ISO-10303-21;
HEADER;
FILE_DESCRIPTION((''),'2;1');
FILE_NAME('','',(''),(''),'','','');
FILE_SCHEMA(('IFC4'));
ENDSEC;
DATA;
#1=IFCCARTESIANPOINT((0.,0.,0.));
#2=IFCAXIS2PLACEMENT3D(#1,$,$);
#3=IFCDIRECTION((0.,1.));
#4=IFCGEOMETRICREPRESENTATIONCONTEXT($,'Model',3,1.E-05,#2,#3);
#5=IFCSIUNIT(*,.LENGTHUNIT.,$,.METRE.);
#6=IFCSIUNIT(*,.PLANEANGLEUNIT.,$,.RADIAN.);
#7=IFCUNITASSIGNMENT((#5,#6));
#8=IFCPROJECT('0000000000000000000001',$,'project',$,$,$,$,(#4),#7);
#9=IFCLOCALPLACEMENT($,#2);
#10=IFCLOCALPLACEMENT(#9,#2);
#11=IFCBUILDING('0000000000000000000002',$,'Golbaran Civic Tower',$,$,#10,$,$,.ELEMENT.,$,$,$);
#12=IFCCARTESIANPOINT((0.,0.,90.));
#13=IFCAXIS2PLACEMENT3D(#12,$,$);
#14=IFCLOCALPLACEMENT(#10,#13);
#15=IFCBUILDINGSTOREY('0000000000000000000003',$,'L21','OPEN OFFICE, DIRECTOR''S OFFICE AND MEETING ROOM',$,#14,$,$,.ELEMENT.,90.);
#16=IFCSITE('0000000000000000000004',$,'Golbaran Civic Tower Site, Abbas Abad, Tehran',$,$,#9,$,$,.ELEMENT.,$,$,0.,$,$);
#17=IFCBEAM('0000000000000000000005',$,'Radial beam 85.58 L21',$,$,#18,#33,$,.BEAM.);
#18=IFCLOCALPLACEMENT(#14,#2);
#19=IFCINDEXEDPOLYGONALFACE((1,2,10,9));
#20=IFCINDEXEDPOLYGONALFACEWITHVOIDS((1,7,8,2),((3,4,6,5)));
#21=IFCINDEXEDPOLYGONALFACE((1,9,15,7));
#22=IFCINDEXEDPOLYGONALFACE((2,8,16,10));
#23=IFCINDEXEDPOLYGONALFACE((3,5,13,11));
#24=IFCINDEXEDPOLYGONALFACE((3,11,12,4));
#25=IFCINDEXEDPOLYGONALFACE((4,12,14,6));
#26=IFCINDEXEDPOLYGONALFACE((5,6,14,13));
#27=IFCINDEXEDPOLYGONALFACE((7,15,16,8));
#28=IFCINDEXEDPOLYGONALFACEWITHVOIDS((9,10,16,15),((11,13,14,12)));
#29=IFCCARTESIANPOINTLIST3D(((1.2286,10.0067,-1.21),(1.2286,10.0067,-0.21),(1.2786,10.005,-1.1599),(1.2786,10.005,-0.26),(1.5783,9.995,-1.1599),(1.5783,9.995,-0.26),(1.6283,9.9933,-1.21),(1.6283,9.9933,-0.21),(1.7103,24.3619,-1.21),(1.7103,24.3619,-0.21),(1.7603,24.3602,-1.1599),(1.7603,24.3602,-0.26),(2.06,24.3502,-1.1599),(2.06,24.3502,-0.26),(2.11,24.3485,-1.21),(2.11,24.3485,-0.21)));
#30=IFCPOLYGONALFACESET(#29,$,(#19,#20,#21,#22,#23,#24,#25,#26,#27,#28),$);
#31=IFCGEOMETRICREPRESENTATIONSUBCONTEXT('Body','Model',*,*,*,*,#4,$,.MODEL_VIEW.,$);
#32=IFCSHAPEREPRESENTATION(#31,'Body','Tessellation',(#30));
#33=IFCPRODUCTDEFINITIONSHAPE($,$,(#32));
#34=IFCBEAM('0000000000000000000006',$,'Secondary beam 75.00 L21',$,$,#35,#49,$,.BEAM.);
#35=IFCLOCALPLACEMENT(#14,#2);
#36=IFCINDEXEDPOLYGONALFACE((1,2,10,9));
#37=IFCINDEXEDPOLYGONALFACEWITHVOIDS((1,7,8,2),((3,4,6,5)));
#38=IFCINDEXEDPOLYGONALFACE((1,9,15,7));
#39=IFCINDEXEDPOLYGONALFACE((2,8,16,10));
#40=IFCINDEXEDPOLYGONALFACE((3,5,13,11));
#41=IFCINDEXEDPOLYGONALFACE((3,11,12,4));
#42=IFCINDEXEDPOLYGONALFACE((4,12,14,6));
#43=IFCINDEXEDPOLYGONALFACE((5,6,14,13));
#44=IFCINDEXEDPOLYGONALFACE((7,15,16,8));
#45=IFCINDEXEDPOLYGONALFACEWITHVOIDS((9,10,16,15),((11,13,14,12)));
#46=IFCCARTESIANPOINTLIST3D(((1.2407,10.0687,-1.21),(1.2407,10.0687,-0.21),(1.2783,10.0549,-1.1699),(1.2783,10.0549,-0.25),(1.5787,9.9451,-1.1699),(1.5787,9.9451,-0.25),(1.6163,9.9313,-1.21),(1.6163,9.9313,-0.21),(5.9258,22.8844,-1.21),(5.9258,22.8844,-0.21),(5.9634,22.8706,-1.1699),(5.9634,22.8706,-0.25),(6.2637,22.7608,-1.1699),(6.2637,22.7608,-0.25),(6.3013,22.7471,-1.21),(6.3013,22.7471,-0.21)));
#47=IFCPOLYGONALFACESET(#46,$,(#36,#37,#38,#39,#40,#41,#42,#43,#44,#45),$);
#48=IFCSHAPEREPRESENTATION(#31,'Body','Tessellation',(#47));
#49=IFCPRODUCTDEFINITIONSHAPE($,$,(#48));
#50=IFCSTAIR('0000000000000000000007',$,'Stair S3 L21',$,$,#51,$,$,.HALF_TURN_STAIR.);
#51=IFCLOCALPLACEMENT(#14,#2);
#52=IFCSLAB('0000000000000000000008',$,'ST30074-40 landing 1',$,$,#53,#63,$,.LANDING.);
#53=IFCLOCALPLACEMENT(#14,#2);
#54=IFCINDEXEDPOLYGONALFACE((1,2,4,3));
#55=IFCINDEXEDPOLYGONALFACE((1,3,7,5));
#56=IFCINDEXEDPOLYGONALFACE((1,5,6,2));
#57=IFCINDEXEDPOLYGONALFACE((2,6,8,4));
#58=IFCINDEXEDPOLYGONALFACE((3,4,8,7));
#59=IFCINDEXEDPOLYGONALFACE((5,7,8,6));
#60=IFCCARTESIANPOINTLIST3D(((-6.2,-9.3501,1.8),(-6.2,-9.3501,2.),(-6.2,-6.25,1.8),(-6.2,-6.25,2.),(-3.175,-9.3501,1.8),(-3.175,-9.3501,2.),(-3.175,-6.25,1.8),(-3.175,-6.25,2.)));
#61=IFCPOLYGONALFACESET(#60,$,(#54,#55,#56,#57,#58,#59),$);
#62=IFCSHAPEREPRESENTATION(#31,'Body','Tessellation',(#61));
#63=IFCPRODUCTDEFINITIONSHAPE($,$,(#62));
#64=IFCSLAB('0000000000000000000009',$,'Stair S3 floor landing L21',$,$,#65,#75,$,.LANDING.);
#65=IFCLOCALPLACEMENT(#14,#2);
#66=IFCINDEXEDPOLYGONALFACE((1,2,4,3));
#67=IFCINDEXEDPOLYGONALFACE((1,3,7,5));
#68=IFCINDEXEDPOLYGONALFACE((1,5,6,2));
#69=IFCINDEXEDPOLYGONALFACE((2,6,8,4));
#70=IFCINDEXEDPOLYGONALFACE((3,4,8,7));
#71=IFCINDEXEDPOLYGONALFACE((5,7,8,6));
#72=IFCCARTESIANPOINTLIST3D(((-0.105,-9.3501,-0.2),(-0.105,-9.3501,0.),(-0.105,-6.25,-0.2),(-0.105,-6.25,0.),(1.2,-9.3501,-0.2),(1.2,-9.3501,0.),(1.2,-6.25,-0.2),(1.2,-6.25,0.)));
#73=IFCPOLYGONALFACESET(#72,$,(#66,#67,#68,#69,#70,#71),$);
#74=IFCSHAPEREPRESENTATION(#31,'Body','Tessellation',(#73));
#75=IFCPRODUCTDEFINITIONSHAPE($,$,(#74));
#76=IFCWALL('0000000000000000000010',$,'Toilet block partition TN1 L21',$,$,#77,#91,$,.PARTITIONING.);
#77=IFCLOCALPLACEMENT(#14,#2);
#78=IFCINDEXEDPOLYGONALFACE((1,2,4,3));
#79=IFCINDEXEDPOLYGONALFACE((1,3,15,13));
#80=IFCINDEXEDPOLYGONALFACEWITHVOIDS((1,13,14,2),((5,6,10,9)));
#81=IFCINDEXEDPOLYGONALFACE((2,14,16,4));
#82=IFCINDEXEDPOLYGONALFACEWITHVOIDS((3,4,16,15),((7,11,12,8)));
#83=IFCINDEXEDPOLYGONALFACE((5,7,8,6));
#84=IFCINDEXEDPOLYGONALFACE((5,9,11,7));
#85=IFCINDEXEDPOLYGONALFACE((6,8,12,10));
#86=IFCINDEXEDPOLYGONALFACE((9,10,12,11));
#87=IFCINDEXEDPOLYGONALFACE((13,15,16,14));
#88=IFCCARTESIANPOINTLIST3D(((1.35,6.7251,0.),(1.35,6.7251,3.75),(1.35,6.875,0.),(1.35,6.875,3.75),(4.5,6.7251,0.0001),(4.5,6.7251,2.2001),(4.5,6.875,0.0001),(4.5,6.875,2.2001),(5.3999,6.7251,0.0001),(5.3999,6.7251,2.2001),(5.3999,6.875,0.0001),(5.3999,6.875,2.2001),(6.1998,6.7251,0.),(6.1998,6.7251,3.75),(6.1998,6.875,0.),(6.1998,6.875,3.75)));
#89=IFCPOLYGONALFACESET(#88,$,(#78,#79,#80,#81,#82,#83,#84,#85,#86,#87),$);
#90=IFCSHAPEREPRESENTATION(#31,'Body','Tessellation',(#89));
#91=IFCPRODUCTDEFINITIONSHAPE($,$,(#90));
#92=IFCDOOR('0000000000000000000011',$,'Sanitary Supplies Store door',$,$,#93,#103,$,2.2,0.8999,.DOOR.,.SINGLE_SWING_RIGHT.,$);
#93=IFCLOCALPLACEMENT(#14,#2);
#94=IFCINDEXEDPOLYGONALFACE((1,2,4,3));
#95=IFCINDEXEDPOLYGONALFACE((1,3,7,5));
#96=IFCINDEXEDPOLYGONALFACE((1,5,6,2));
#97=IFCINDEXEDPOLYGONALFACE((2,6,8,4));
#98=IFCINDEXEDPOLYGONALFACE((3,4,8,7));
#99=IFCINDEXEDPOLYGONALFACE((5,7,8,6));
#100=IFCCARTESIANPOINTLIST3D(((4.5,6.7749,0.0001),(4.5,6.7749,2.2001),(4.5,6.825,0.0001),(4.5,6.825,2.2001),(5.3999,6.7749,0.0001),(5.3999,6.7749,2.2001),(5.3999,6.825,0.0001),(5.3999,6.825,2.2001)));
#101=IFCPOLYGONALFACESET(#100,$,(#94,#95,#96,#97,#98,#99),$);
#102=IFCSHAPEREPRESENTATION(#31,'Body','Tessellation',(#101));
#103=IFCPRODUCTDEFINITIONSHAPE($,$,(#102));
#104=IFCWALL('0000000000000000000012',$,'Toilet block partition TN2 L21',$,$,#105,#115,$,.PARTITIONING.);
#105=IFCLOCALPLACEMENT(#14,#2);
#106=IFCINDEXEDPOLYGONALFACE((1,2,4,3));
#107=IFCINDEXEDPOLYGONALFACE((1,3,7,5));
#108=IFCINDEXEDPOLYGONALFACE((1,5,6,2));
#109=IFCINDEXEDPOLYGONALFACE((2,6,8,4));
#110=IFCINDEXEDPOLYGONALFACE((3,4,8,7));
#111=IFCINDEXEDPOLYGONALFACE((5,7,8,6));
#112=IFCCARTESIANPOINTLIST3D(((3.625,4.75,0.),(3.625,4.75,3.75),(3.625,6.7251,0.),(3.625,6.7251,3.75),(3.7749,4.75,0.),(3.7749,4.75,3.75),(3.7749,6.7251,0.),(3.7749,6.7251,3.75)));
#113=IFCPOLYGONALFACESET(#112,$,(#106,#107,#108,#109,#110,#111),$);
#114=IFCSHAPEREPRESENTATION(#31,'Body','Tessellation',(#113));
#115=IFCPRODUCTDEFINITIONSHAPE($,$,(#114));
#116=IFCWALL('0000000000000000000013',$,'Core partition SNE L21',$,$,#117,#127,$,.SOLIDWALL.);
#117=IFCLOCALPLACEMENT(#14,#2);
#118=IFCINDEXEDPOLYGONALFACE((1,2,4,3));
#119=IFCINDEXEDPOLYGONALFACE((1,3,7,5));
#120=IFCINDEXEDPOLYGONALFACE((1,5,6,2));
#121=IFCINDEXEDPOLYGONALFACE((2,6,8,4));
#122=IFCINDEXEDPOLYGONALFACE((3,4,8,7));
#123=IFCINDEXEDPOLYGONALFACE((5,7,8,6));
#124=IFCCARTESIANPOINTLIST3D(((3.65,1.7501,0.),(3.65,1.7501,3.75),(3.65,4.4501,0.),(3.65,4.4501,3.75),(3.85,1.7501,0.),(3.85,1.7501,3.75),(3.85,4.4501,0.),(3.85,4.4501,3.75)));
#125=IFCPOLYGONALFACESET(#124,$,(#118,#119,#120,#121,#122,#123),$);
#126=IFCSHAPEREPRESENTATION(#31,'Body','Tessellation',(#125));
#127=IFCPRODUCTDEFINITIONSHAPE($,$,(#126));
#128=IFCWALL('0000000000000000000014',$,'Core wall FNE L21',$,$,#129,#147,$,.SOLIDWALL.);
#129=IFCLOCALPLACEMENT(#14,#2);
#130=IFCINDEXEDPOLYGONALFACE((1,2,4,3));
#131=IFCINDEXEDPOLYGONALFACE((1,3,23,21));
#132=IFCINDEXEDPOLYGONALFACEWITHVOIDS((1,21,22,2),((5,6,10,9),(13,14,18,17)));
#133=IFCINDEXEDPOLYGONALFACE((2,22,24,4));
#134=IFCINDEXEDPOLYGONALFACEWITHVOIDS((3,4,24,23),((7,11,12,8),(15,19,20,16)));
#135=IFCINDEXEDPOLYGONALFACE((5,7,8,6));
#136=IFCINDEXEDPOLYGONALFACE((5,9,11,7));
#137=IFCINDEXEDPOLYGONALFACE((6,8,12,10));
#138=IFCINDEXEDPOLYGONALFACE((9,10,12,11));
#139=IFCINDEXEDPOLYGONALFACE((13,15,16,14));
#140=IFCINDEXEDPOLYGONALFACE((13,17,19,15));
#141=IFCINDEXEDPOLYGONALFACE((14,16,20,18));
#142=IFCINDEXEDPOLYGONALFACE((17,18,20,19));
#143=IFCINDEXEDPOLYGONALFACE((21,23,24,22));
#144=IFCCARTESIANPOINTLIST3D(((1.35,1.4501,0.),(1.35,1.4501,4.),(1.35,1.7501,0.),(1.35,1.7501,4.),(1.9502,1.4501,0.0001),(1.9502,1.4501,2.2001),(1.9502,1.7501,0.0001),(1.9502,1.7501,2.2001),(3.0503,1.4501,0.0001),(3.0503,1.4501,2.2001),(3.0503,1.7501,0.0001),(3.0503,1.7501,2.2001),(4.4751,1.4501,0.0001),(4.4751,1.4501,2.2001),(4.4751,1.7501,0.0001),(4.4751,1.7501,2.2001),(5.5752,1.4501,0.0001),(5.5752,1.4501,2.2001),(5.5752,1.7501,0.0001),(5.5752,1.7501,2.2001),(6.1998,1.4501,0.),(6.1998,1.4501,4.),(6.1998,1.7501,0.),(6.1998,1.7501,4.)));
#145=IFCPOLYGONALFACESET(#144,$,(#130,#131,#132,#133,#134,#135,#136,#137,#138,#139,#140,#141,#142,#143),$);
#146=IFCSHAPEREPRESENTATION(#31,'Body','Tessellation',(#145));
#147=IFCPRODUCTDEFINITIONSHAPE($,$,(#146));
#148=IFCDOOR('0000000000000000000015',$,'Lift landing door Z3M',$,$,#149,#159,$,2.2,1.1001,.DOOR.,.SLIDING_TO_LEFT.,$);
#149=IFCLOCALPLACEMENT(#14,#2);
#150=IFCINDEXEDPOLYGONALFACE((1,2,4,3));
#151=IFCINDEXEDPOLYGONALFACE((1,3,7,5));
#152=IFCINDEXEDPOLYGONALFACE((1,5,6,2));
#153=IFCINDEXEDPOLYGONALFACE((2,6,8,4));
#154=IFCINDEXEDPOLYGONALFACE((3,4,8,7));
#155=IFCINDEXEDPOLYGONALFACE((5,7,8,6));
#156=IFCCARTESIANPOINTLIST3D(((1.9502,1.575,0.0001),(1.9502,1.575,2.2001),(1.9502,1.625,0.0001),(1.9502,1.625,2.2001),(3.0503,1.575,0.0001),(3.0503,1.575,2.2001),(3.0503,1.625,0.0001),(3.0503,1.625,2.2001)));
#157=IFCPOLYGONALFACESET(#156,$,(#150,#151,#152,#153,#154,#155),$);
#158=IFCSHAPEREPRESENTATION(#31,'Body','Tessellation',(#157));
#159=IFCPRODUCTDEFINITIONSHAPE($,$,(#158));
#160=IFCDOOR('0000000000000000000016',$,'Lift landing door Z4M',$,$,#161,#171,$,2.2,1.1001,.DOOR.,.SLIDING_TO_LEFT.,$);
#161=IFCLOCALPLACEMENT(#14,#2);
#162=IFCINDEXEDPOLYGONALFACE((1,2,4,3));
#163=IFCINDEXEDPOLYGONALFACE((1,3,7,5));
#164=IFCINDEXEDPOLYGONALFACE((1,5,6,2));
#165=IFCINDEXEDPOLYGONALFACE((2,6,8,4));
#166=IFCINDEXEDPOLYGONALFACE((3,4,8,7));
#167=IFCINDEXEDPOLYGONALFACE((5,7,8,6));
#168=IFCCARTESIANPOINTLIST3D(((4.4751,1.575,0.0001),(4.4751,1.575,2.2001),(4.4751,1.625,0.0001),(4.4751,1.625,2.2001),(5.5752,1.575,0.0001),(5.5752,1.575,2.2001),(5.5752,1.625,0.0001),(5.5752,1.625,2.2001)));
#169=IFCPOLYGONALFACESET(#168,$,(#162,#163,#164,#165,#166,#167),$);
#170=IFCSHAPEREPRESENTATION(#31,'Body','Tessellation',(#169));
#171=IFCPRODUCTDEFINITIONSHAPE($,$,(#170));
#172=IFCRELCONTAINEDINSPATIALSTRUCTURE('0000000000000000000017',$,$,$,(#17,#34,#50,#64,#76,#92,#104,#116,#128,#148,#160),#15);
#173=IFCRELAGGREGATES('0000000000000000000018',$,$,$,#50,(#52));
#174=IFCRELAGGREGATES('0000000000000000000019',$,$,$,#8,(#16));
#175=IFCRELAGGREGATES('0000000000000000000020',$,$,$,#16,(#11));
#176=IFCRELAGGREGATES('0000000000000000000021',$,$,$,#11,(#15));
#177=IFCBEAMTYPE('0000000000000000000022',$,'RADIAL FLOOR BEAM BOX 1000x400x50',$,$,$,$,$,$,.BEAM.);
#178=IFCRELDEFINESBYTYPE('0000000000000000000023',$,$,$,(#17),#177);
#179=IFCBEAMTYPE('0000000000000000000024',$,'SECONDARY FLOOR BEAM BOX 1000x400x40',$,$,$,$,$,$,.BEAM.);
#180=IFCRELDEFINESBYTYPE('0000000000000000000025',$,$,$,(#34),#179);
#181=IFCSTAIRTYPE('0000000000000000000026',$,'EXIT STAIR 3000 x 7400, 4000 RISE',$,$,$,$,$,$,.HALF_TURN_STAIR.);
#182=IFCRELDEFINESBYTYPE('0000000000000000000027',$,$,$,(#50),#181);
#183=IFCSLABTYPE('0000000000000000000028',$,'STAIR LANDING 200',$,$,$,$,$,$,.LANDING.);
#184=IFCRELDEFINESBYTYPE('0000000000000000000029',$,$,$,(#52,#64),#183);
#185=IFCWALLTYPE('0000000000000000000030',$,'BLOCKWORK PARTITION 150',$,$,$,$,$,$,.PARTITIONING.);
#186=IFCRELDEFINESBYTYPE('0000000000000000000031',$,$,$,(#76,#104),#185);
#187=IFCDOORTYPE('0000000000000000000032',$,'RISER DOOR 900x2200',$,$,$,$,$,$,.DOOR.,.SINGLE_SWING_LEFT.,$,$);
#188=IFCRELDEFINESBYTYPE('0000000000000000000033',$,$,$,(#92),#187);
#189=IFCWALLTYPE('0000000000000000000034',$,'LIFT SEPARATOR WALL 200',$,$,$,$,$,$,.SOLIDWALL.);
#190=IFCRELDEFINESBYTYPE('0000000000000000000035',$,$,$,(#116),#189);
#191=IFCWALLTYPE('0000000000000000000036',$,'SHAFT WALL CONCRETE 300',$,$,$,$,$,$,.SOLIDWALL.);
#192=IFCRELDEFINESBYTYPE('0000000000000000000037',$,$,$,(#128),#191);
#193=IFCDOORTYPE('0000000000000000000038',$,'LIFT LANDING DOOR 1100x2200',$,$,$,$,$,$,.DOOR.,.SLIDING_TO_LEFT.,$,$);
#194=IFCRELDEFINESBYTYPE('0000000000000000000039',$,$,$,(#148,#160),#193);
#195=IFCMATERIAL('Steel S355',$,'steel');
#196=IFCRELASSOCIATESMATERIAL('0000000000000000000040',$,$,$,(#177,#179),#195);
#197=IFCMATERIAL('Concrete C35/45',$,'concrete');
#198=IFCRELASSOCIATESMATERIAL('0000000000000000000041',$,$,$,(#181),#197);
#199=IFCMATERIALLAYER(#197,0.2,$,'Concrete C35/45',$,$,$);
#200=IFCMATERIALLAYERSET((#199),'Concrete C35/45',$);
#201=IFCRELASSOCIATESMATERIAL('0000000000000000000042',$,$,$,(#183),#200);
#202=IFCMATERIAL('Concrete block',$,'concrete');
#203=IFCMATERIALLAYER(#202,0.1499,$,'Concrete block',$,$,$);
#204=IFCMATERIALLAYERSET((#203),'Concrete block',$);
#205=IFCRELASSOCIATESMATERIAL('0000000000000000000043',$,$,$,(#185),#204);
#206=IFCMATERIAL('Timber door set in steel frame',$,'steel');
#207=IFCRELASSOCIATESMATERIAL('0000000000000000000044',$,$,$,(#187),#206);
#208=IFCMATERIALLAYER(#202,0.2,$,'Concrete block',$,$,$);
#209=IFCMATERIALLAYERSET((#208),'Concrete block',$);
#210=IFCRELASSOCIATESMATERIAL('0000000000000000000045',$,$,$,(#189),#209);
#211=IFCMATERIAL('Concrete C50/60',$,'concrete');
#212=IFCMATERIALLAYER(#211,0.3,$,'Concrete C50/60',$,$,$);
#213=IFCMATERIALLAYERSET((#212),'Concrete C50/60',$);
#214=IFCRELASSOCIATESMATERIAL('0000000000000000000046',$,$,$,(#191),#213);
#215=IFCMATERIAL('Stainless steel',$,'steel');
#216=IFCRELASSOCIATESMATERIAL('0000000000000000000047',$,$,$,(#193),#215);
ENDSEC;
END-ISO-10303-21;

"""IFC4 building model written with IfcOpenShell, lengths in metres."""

from ifc_helpers import new_model, si_unit, direction, frame, frame_2d, origin, origin_2d, place, context, subcontext, project, spatial, polyline, rectangle, hollow_rectangle, outline, extrude, material, layer, layer_set, material_profile, profile_set, type_object, element, fill, aggregate, save


model = new_model("IFC4")

# Units and contexts
model_context = context("Model", 3, precision=1e-05, world=origin(), true_north=direction((0.0, 1.0)))
body_context = subcontext(model_context, "Body", "Model", "MODEL_VIEW")
ifc_project = project(units=[si_unit("LENGTHUNIT", "METRE"), si_unit("PLANEANGLEUNIT", "RADIAN")], contexts=[model_context])

# Site, building, storey
site_placement = place(None, origin())
site = spatial("IfcSite", under=ifc_project, at=site_placement, Name="Golbaran Civic Tower Site, Abbas Abad, Tehran", CompositionType="ELEMENT", RefElevation=0.0)
building_placement = place(site_placement, origin())
building = spatial("IfcBuilding", under=site, at=building_placement, Name="Golbaran Civic Tower", CompositionType="ELEMENT")
storey_placement = place(building_placement, frame((0.0, 0.0, 90.0)))
storey = spatial("IfcBuildingStorey", under=building, at=storey_placement, Name="L21", Description="OPEN OFFICE, DIRECTOR'S OFFICE AND MEETING ROOM", CompositionType="ELEMENT", Elevation=90.0)

# Beams
ifc_material_1 = material(Name="Steel S355", Category="steel")
ifc_material_profile_1 = material_profile(ifc_material_1, hollow_rectangle(XDim=0.3999, YDim=1.0, WallThickness=0.05, at=origin_2d()), Name="BOX 1000x400x50")
ifc_profile_set_1 = profile_set([ifc_material_profile_1], Name="Steel S355")
beam_type_1 = type_object("IfcBeamType", Name="RADIAL FLOOR BEAM BOX 1000x400x50", PredefinedType="BEAM", material=ifc_profile_set_1)
beam_1_placement = place(storey_placement, frame((1.4285, 10.0, -0.71), z_axis=(0.033536, 0.999438, 0.0), x_axis=(-0.999438, 0.033536, 0.0)))
element("IfcBeam", 1, at=beam_1_placement, inside=storey, type_object=beam_type_1, Name="Radial beam 85.58 L21", PredefinedType="BEAM", context=body_context, shape_type="SweptSolid", body=[
    extrude(hollow_rectangle(XDim=0.3999, YDim=1.0, WallThickness=0.05, at=origin_2d()), origin(), (0.0, 0.0, 1.0), 14.3633),
])
ifc_material_profile_2 = material_profile(ifc_material_1, hollow_rectangle(XDim=0.3999, YDim=1.0, WallThickness=0.04, at=origin_2d()), Name="BOX 1000x400x40")
ifc_profile_set_2 = profile_set([ifc_material_profile_2], Name="Steel S355")
beam_type_2 = type_object("IfcBeamType", Name="SECONDARY FLOOR BEAM BOX 1000x400x40", PredefinedType="BEAM", material=ifc_profile_set_2)
beam_2_placement = place(storey_placement, frame((1.4285, 10.0, -0.71), z_axis=(0.343349, 0.939208, 0.0), x_axis=(-0.939208, 0.343349, 0.0)))
element("IfcBeam", 2, at=beam_2_placement, inside=storey, type_object=beam_type_2, Name="Secondary beam 75.00 L21", PredefinedType="BEAM", context=body_context, shape_type="SweptSolid", body=[
    extrude(hollow_rectangle(XDim=0.3999, YDim=1.0, WallThickness=0.04, at=origin_2d()), origin(), (0.0, 0.0, 1.0), 13.6453),
])

# Stair, slab
ifc_material_2 = material(Name="Concrete C35/45", Category="concrete")
stair_type = type_object("IfcStairType", Name="EXIT STAIR 3000 x 7400, 4000 RISE", PredefinedType="HALF_TURN_STAIR", material=ifc_material_2)
stair_placement = place(storey_placement, origin())
stair = element("IfcStair", 3, at=stair_placement, inside=storey, type_object=stair_type, Name="Stair S3 L21", PredefinedType="HALF_TURN_STAIR")
ifc_layer_1 = layer(ifc_material_2, 0.2, Name="Concrete C35/45")
ifc_layer_set_1 = layer_set([ifc_layer_1], Name="Concrete C35/45")
slab_type = type_object("IfcSlabType", Name="STAIR LANDING 200", PredefinedType="LANDING", material=ifc_layer_set_1)
slab_1_placement = place(storey_placement, frame((0.0, 0.0, 1.8)))
slab_1 = element("IfcSlab", 4, at=slab_1_placement, type_object=slab_type, Name="ST30074-40 landing 1", PredefinedType="LANDING", context=body_context, shape_type="SweptSolid", body=[
    extrude(outline(polyline([(-3.175, -9.3501), (-6.2, -9.3501), (-6.2, -6.25), (-3.175, -6.25), (-3.175, -9.3501)])), origin(), (0.0, 0.0, 1.0), 0.2),
])
aggregate(stair, [slab_1])

# Slab
slab_2_placement = place(storey_placement, frame((0.0, 0.0, -0.2)))
element("IfcSlab", 5, at=slab_2_placement, inside=storey, type_object=slab_type, Name="Stair S3 floor landing L21", PredefinedType="LANDING", context=body_context, shape_type="SweptSolid", body=[
    extrude(outline(polyline([(1.2, -9.3501), (-0.105, -9.3501), (-0.105, -6.25), (1.2, -6.25), (1.2, -9.3501)])), origin(), (0.0, 0.0, 1.0), 0.2),
])

# Wall, opening, door
ifc_material_3 = material(Name="Concrete block", Category="concrete")
ifc_layer_2 = layer(ifc_material_3, 0.1499, Name="Concrete block")
ifc_layer_set_2 = layer_set([ifc_layer_2], Name="Concrete block")
wall_type_1 = type_object("IfcWallType", Name="BLOCKWORK PARTITION 150", PredefinedType="PARTITIONING", material=ifc_layer_set_2)
wall_1_placement = place(storey_placement, frame((1.3501, 6.8, 0.0), z_axis=(0.0, 0.0, 1.0), x_axis=(1.0, 0.0, 0.0)))
wall_1 = element("IfcWall", 6, at=wall_1_placement, inside=storey, type_object=wall_type_1, Name="Toilet block partition TN1 L21", PredefinedType="PARTITIONING", context=body_context, shape_type="SweptSolid", body=[
    extrude(rectangle(XDim=4.8499, YDim=0.1499, at=frame_2d((2.4248, 0.0))), origin(), (0.0, 0.0, 1.0), 3.75),
])
opening_1_placement = place(wall_1_placement, frame((3.1499, 0.0, 0.0)))
opening_1 = element("IfcOpeningElement", 7, at=opening_1_placement, cuts=wall_1, PredefinedType="OPENING", context=body_context, shape_type="SweptSolid", body=[
    extrude(rectangle(XDim=0.8999, YDim=2.2, at=frame_2d((0.45, 1.1001))), frame((0.0, 0.085, 0.0), z_axis=(0.0, -1.0, 0.0), x_axis=(1.0, 0.0, 0.0)), (0.0, 0.0, 1.0), 0.1699),
])
ifc_material_4 = material(Name="Timber door set in steel frame", Category="steel")
door_type_1 = type_object("IfcDoorType", Name="RISER DOOR 900x2200", OperationType="SINGLE_SWING_LEFT", PredefinedType="DOOR", material=ifc_material_4)
door_1_placement = place(opening_1_placement, origin())
door_1 = element("IfcDoor", 8, at=door_1_placement, inside=storey, type_object=door_type_1, Name="Sanitary Supplies Store door", OperationType="SINGLE_SWING_RIGHT", OverallHeight=2.2, OverallWidth=0.8999, PredefinedType="DOOR", context=body_context, shape_type="SweptSolid", body=[
    extrude(rectangle(XDim=0.8999, YDim=2.2, at=frame_2d((0.45, 1.1001))), frame((0.0, 0.0249, 0.0), z_axis=(0.0, -1.0, 0.0), x_axis=(1.0, 0.0, 0.0)), (0.0, 0.0, 1.0), 0.05),
])
fill(opening_1, door_1)

# Walls
wall_2_placement = place(storey_placement, frame((3.7, 4.75, 0.0), z_axis=(0.0, 0.0, 1.0), x_axis=(0.0, 1.0, 0.0)))
element("IfcWall", 9, at=wall_2_placement, inside=storey, type_object=wall_type_1, Name="Toilet block partition TN2 L21", PredefinedType="PARTITIONING", context=body_context, shape_type="SweptSolid", body=[
    extrude(rectangle(XDim=1.9751, YDim=0.1499, at=frame_2d((0.9875, 0.0))), origin(), (0.0, 0.0, 1.0), 3.75),
])
ifc_layer_3 = layer(ifc_material_3, 0.2, Name="Concrete block")
ifc_layer_set_3 = layer_set([ifc_layer_3], Name="Concrete block")
wall_type_2 = type_object("IfcWallType", Name="LIFT SEPARATOR WALL 200", PredefinedType="SOLIDWALL", material=ifc_layer_set_3)
wall_3_placement = place(storey_placement, frame((3.75, 1.75, 0.0), z_axis=(0.0, 0.0, 1.0), x_axis=(0.0, 1.0, 0.0)))
element("IfcWall", 10, at=wall_3_placement, inside=storey, type_object=wall_type_2, Name="Core partition SNE L21", PredefinedType="SOLIDWALL", context=body_context, shape_type="SweptSolid", body=[
    extrude(rectangle(XDim=2.7, YDim=0.2, at=frame_2d((1.3501, 0.0))), origin(), (0.0, 0.0, 1.0), 3.75),
])

# Wall, openings, doors
ifc_material_5 = material(Name="Concrete C50/60", Category="concrete")
ifc_layer_4 = layer(ifc_material_5, 0.3, Name="Concrete C50/60")
ifc_layer_set_4 = layer_set([ifc_layer_4], Name="Concrete C50/60")
wall_type_3 = type_object("IfcWallType", Name="SHAFT WALL CONCRETE 300", PredefinedType="SOLIDWALL", material=ifc_layer_set_4)
wall_4_placement = place(storey_placement, frame((1.3501, 1.6001, 0.0), z_axis=(0.0, 0.0, 1.0), x_axis=(1.0, 0.0, 0.0)))
wall_4 = element("IfcWall", 11, at=wall_4_placement, inside=storey, type_object=wall_type_3, Name="Core wall FNE L21", PredefinedType="SOLIDWALL", context=body_context, shape_type="SweptSolid", body=[
    extrude(rectangle(XDim=4.8499, YDim=0.3, at=frame_2d((2.4248, 0.0))), origin(), (0.0, 0.0, 1.0), 4.0),
])
opening_2_placement = place(wall_4_placement, frame((0.6001, 0.0, 0.0)))
opening_2 = element("IfcOpeningElement", 12, at=opening_2_placement, cuts=wall_4, PredefinedType="OPENING", context=body_context, shape_type="SweptSolid", body=[
    extrude(rectangle(XDim=1.1001, YDim=2.2, at=frame_2d((0.55, 1.1001))), frame((0.0, 0.1599, 0.0), z_axis=(0.0, -1.0, 0.0), x_axis=(1.0, 0.0, 0.0)), (0.0, 0.0, 1.0), 0.3201),
])
opening_3_placement = place(wall_4_placement, frame((3.125, 0.0, 0.0)))
opening_3 = element("IfcOpeningElement", 13, at=opening_3_placement, cuts=wall_4, PredefinedType="OPENING", context=body_context, shape_type="SweptSolid", body=[
    extrude(rectangle(XDim=1.1001, YDim=2.2, at=frame_2d((0.55, 1.1001))), frame((0.0, 0.1599, 0.0), z_axis=(0.0, -1.0, 0.0), x_axis=(1.0, 0.0, 0.0)), (0.0, 0.0, 1.0), 0.3201),
])
ifc_material_6 = material(Name="Stainless steel", Category="steel")
door_type_2 = type_object("IfcDoorType", Name="LIFT LANDING DOOR 1100x2200", OperationType="SLIDING_TO_LEFT", PredefinedType="DOOR", material=ifc_material_6)
door_2_placement = place(opening_2_placement, origin())
door_2 = element("IfcDoor", 14, at=door_2_placement, inside=storey, type_object=door_type_2, Name="Lift landing door Z3M", OperationType="SLIDING_TO_LEFT", OverallHeight=2.2, OverallWidth=1.1001, PredefinedType="DOOR", context=body_context, shape_type="SweptSolid", body=[
    extrude(rectangle(XDim=1.1001, YDim=2.2, at=frame_2d((0.55, 1.1001))), frame((0.0, 0.0249, 0.0), z_axis=(0.0, -1.0, 0.0), x_axis=(1.0, 0.0, 0.0)), (0.0, 0.0, 1.0), 0.05),
])
fill(opening_2, door_2)
door_3_placement = place(opening_3_placement, origin())
door_3 = element("IfcDoor", 15, at=door_3_placement, inside=storey, type_object=door_type_2, Name="Lift landing door Z4M", OperationType="SLIDING_TO_LEFT", OverallHeight=2.2, OverallWidth=1.1001, PredefinedType="DOOR", context=body_context, shape_type="SweptSolid", body=[
    extrude(rectangle(XDim=1.1001, YDim=2.2, at=frame_2d((0.55, 1.1001))), frame((0.0, 0.0249, 0.0), z_axis=(0.0, -1.0, 0.0), x_axis=(1.0, 0.0, 0.0)), (0.0, 0.0, 1.0), 0.05),
])
fill(opening_3, door_3)

save(model, "model.ifc")
